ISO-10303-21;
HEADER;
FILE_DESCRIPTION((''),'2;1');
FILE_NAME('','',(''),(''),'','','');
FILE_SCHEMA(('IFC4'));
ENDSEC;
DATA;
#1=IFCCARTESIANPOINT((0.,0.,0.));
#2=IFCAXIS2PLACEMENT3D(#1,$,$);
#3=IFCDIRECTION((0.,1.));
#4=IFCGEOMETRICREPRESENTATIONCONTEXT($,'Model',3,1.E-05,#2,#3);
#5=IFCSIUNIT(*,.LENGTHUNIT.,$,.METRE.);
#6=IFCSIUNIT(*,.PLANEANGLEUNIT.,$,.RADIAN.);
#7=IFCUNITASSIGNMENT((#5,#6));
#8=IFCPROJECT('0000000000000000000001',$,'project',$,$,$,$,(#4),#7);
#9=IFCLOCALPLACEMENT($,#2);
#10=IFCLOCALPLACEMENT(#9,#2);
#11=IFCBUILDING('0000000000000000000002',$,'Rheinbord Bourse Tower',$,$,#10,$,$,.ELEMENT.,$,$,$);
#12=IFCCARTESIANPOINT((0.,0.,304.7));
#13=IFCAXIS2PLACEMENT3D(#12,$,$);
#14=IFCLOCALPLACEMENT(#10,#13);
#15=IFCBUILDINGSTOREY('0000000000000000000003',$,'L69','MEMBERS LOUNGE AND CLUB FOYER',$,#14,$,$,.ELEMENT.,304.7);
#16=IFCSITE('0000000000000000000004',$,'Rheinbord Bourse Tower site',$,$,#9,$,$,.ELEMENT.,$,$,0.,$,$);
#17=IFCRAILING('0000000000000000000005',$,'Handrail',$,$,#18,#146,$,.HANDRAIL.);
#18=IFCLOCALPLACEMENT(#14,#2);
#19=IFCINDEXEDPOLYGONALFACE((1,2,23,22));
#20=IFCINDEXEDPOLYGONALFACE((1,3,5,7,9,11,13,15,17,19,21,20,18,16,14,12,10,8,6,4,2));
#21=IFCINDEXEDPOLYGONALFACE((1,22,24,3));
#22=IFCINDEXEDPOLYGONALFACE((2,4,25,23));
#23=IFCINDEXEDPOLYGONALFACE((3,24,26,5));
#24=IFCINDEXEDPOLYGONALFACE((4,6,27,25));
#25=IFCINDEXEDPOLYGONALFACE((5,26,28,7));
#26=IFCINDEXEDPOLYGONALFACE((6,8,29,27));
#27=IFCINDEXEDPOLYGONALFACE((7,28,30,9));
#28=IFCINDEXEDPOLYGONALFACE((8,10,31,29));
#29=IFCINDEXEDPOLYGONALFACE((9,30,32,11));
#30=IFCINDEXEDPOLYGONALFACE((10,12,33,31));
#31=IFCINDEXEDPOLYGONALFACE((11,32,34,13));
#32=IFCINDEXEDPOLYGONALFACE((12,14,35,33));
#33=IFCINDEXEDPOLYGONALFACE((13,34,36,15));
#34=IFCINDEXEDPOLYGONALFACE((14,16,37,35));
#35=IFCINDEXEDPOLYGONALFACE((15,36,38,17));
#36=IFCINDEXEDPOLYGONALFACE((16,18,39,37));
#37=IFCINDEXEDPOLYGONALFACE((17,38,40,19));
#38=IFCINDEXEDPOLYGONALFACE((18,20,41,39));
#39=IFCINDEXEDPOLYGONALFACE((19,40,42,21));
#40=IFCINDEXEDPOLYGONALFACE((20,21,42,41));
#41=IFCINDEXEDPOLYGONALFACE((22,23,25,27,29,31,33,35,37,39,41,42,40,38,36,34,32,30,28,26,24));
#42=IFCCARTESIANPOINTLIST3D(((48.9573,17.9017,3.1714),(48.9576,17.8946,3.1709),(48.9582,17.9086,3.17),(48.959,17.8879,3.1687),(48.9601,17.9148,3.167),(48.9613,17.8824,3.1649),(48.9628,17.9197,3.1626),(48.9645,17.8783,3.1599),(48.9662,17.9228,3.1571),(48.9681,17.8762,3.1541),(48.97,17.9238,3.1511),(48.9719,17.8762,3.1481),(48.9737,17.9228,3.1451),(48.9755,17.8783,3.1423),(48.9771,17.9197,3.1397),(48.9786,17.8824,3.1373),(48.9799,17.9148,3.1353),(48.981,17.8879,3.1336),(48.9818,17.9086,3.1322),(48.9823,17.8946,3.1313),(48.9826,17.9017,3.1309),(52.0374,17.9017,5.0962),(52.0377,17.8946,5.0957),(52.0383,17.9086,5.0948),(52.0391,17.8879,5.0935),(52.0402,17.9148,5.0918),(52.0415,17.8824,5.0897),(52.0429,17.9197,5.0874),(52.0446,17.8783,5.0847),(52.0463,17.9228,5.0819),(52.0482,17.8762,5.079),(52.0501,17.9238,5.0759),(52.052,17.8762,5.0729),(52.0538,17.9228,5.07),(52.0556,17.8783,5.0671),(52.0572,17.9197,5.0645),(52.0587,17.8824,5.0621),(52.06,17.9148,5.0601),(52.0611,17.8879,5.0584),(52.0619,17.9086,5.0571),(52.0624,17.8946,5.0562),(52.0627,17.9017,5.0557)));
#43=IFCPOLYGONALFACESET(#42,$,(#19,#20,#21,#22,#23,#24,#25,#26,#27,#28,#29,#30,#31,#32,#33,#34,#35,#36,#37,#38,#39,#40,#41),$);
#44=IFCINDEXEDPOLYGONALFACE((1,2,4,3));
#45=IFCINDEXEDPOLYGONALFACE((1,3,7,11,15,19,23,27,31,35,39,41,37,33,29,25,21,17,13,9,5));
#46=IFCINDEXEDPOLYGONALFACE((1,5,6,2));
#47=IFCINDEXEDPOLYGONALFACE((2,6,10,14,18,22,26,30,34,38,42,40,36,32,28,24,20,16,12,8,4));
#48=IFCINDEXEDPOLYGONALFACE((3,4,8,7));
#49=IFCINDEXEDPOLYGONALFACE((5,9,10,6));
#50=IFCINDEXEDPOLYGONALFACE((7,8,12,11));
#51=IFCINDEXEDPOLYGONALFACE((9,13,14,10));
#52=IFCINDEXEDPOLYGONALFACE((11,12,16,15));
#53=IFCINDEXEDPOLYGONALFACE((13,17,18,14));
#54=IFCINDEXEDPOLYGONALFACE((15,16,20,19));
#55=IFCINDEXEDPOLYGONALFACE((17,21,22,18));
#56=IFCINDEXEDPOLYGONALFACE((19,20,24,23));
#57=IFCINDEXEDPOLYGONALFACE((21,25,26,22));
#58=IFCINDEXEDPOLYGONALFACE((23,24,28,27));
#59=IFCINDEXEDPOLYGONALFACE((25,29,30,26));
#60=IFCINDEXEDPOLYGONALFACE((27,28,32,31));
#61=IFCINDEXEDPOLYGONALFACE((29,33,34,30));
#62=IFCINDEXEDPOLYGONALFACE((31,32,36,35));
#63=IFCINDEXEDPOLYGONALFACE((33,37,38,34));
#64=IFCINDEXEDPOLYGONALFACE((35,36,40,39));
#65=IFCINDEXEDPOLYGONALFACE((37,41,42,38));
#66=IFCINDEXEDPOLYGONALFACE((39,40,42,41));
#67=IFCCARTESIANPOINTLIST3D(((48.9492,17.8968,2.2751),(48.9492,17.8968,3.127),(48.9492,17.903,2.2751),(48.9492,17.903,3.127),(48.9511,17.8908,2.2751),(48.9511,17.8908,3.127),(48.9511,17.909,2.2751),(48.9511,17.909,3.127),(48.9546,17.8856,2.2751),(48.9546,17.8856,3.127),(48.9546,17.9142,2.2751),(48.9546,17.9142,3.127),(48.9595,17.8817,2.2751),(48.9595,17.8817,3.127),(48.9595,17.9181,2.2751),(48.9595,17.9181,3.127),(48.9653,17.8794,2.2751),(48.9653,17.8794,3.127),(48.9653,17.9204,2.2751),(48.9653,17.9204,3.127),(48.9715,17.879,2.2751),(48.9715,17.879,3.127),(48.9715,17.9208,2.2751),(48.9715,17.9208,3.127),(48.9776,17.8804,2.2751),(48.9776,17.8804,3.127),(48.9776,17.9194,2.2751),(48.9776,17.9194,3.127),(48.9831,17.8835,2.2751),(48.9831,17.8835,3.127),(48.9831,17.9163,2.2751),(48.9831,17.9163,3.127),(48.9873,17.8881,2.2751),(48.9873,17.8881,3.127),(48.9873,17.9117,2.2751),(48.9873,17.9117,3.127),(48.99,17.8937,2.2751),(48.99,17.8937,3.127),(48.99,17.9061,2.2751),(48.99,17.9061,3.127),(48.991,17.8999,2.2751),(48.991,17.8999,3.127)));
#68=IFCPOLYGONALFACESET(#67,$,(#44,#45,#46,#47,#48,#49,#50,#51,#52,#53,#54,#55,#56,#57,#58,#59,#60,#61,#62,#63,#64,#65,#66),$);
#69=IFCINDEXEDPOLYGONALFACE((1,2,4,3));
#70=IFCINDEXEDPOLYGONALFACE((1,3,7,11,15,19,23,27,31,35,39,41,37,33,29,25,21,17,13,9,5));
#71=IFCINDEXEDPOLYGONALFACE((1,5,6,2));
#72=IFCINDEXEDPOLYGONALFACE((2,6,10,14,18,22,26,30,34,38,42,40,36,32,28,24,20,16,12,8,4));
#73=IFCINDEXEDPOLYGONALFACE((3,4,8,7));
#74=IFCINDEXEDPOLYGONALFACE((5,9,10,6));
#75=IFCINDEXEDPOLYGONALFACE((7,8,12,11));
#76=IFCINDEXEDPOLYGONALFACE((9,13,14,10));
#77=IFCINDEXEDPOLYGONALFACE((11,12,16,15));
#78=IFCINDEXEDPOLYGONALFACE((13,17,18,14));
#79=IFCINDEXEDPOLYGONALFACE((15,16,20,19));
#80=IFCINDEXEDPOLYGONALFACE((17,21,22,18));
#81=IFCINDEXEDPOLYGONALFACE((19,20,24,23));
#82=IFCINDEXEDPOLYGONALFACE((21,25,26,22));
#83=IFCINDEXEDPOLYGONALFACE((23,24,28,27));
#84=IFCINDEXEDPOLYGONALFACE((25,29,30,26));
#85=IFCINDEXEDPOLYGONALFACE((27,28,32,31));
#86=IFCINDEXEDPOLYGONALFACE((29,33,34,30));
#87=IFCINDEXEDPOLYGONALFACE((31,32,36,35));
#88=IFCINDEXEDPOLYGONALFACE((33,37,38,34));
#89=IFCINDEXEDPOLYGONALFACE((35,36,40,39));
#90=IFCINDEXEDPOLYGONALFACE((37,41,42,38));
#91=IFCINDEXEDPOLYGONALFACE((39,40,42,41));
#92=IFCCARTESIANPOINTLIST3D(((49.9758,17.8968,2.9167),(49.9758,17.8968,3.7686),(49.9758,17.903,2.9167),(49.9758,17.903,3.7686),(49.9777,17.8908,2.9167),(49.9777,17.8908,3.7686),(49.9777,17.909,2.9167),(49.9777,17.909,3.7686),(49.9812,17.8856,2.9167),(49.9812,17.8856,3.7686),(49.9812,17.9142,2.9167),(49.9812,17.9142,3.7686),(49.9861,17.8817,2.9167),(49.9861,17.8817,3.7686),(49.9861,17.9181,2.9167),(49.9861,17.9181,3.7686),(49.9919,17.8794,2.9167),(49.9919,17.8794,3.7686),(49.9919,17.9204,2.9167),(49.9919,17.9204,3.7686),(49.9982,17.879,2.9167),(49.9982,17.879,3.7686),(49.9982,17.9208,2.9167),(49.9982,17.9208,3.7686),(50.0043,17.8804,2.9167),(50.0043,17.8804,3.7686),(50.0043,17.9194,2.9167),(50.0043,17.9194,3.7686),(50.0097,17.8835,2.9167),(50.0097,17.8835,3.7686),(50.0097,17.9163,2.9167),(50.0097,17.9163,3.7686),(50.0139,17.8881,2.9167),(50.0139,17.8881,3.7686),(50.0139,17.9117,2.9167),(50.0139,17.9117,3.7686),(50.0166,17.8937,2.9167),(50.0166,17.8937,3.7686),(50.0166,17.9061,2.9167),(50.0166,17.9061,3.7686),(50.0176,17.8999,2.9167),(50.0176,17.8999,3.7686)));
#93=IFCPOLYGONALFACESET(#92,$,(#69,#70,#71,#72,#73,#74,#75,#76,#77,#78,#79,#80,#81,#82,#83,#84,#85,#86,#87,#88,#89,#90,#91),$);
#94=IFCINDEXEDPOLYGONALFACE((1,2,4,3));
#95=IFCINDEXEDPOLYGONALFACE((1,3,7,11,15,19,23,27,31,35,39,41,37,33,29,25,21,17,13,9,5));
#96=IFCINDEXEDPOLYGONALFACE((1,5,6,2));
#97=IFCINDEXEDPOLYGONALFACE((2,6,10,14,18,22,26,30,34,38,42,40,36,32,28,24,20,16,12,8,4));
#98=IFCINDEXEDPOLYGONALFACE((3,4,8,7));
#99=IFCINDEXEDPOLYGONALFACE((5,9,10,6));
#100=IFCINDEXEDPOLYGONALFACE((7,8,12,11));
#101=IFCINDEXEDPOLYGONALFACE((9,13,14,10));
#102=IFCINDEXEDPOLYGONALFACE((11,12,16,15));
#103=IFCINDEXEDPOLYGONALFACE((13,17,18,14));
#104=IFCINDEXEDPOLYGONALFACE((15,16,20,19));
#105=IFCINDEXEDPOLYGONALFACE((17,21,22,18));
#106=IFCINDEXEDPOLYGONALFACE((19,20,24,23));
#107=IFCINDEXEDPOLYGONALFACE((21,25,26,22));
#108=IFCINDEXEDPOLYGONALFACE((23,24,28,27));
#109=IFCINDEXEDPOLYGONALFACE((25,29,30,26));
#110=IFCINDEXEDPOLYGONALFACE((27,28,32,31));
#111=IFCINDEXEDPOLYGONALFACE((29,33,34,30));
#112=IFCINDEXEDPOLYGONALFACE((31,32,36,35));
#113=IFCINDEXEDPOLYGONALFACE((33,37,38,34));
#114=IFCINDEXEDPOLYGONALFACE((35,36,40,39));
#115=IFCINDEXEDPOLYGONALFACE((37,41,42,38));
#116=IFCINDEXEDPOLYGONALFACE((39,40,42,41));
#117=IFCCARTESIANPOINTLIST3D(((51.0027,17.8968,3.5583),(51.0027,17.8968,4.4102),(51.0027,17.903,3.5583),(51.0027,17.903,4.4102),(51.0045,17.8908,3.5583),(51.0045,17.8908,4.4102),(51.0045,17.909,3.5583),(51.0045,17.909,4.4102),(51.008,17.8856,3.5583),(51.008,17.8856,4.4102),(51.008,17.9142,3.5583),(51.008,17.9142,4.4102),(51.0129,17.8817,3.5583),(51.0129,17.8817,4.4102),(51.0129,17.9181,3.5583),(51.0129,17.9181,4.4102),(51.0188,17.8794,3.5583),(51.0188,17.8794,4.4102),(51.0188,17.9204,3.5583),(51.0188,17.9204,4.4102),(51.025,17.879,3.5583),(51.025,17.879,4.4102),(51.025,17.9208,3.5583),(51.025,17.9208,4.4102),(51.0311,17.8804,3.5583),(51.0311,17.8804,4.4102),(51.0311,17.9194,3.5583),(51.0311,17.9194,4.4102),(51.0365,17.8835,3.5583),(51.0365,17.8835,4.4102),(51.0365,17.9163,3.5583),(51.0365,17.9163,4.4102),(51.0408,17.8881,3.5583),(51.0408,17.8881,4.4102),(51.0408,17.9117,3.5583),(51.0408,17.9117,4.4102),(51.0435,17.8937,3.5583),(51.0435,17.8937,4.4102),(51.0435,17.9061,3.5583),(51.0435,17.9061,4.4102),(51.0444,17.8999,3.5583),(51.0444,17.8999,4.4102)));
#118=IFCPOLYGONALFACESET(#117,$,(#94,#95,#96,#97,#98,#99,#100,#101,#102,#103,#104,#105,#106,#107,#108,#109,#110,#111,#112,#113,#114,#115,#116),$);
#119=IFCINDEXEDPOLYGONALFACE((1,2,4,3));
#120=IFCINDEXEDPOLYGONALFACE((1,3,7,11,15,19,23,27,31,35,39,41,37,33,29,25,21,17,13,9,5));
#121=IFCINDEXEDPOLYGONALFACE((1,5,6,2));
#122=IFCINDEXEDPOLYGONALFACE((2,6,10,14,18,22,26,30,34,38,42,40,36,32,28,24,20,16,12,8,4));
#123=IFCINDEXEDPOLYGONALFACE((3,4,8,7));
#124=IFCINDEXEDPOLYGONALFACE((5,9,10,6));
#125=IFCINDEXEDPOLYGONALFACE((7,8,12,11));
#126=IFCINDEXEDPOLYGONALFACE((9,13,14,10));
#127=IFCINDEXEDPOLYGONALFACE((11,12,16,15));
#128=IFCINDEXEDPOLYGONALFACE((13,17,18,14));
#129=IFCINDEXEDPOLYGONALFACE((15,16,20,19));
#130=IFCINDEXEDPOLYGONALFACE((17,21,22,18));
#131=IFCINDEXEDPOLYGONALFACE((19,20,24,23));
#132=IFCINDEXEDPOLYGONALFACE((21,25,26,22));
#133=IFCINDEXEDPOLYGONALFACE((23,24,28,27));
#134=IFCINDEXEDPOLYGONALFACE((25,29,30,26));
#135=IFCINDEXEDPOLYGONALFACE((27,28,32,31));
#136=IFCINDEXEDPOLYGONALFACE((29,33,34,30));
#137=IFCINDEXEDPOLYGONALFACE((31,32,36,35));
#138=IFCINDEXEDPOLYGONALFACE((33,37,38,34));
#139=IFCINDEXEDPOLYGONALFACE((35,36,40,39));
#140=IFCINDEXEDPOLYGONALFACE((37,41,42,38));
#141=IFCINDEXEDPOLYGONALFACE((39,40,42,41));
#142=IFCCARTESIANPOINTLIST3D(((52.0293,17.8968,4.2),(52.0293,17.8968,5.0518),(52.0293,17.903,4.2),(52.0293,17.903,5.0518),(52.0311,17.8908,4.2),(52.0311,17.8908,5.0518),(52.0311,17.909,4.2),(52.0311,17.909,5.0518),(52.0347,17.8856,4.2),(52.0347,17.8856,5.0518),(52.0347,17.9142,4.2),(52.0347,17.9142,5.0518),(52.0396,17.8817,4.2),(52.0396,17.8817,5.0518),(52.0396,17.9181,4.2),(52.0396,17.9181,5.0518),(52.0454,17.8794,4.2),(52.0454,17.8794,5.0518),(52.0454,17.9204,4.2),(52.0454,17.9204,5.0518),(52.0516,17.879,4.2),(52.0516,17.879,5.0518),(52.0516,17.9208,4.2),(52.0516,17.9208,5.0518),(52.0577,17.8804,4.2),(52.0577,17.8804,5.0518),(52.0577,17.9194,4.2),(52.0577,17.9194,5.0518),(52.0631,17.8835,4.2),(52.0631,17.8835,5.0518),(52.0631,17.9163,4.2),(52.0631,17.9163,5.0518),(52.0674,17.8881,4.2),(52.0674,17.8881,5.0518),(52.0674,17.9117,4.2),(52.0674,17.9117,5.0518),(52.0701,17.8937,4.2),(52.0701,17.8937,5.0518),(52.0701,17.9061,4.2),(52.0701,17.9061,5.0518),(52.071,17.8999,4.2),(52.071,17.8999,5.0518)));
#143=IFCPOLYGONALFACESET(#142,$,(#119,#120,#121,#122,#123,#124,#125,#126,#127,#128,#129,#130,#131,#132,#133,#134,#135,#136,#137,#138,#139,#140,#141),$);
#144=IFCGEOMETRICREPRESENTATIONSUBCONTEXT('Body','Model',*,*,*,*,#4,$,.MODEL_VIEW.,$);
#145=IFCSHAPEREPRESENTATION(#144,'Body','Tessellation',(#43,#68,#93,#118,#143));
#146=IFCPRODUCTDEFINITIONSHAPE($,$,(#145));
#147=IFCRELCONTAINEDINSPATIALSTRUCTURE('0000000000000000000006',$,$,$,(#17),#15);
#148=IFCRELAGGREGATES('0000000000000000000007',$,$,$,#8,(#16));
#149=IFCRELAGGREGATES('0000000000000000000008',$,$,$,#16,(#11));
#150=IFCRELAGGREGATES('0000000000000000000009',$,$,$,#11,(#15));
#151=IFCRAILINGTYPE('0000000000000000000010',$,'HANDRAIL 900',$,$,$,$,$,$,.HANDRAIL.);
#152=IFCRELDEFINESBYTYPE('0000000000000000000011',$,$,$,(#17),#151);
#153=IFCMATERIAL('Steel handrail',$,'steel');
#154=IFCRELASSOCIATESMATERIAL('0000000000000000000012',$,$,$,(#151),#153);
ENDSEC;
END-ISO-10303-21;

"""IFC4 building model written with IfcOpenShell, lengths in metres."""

from ifc_helpers import new_model, si_unit, direction, frame, origin, origin_2d, place, context, subcontext, project, spatial, circle, extrude, material, type_object, element, save


model = new_model("IFC4")

# Units and contexts
model_context = context("Model", 3, precision=1e-05, world=origin(), true_north=direction((0.0, 1.0)))
body_context = subcontext(model_context, "Body", "Model", "MODEL_VIEW")
ifc_project = project(units=[si_unit("LENGTHUNIT", "METRE"), si_unit("PLANEANGLEUNIT", "RADIAN")], contexts=[model_context])

# Site, building, storey
site_placement = place(None, origin())
site = spatial("IfcSite", under=ifc_project, at=site_placement, Name="Rheinbord Bourse Tower site", CompositionType="ELEMENT", RefElevation=0.0)
building_placement = place(site_placement, origin())
building = spatial("IfcBuilding", under=site, at=building_placement, Name="Rheinbord Bourse Tower", CompositionType="ELEMENT")
storey_placement = place(building_placement, frame((0.0, 0.0, 304.7)))
storey = spatial("IfcBuildingStorey", under=building, at=storey_placement, Name="L69", Description="MEMBERS LOUNGE AND CLUB FOYER", CompositionType="ELEMENT", Elevation=304.7)

# Railing
ifc_material_1 = material(Name="Steel handrail", Category="steel")
railing_type = type_object("IfcRailingType", Name="HANDRAIL 900", PredefinedType="HANDRAIL", material=ifc_material_1)
railing_1_placement = place(storey_placement, frame((48.97, 17.8999, 2.2751)))
element("IfcRailing", 1, at=railing_1_placement, inside=storey, type_object=railing_type, Name="Handrail", PredefinedType="HANDRAIL", context=body_context, shape_type="SweptSolid", body=[
    extrude(circle(Radius=0.0239, at=origin_2d()), frame((0.0, 0.0, 0.876), z_axis=(0.848029, 0.0, 0.529951), x_axis=(0.0, 1.0, 0.0)), (0.0, 0.0, 1.0), 3.6321),
    extrude(circle(Radius=0.021, at=origin_2d()), origin(), (0.0, 0.0, 1.0), 0.8518),
    extrude(circle(Radius=0.021, at=origin_2d()), frame((1.0266, 0.0, 0.6416)), (0.0, 0.0, 1.0), 0.8518),
    extrude(circle(Radius=0.021, at=origin_2d()), frame((2.0535, 0.0, 1.2832)), (0.0, 0.0, 1.0), 0.8518),
    extrude(circle(Radius=0.021, at=origin_2d()), frame((3.0801, 0.0, 1.9248)), (0.0, 0.0, 1.0), 0.8518),
])

save(model, "model.ifc")
